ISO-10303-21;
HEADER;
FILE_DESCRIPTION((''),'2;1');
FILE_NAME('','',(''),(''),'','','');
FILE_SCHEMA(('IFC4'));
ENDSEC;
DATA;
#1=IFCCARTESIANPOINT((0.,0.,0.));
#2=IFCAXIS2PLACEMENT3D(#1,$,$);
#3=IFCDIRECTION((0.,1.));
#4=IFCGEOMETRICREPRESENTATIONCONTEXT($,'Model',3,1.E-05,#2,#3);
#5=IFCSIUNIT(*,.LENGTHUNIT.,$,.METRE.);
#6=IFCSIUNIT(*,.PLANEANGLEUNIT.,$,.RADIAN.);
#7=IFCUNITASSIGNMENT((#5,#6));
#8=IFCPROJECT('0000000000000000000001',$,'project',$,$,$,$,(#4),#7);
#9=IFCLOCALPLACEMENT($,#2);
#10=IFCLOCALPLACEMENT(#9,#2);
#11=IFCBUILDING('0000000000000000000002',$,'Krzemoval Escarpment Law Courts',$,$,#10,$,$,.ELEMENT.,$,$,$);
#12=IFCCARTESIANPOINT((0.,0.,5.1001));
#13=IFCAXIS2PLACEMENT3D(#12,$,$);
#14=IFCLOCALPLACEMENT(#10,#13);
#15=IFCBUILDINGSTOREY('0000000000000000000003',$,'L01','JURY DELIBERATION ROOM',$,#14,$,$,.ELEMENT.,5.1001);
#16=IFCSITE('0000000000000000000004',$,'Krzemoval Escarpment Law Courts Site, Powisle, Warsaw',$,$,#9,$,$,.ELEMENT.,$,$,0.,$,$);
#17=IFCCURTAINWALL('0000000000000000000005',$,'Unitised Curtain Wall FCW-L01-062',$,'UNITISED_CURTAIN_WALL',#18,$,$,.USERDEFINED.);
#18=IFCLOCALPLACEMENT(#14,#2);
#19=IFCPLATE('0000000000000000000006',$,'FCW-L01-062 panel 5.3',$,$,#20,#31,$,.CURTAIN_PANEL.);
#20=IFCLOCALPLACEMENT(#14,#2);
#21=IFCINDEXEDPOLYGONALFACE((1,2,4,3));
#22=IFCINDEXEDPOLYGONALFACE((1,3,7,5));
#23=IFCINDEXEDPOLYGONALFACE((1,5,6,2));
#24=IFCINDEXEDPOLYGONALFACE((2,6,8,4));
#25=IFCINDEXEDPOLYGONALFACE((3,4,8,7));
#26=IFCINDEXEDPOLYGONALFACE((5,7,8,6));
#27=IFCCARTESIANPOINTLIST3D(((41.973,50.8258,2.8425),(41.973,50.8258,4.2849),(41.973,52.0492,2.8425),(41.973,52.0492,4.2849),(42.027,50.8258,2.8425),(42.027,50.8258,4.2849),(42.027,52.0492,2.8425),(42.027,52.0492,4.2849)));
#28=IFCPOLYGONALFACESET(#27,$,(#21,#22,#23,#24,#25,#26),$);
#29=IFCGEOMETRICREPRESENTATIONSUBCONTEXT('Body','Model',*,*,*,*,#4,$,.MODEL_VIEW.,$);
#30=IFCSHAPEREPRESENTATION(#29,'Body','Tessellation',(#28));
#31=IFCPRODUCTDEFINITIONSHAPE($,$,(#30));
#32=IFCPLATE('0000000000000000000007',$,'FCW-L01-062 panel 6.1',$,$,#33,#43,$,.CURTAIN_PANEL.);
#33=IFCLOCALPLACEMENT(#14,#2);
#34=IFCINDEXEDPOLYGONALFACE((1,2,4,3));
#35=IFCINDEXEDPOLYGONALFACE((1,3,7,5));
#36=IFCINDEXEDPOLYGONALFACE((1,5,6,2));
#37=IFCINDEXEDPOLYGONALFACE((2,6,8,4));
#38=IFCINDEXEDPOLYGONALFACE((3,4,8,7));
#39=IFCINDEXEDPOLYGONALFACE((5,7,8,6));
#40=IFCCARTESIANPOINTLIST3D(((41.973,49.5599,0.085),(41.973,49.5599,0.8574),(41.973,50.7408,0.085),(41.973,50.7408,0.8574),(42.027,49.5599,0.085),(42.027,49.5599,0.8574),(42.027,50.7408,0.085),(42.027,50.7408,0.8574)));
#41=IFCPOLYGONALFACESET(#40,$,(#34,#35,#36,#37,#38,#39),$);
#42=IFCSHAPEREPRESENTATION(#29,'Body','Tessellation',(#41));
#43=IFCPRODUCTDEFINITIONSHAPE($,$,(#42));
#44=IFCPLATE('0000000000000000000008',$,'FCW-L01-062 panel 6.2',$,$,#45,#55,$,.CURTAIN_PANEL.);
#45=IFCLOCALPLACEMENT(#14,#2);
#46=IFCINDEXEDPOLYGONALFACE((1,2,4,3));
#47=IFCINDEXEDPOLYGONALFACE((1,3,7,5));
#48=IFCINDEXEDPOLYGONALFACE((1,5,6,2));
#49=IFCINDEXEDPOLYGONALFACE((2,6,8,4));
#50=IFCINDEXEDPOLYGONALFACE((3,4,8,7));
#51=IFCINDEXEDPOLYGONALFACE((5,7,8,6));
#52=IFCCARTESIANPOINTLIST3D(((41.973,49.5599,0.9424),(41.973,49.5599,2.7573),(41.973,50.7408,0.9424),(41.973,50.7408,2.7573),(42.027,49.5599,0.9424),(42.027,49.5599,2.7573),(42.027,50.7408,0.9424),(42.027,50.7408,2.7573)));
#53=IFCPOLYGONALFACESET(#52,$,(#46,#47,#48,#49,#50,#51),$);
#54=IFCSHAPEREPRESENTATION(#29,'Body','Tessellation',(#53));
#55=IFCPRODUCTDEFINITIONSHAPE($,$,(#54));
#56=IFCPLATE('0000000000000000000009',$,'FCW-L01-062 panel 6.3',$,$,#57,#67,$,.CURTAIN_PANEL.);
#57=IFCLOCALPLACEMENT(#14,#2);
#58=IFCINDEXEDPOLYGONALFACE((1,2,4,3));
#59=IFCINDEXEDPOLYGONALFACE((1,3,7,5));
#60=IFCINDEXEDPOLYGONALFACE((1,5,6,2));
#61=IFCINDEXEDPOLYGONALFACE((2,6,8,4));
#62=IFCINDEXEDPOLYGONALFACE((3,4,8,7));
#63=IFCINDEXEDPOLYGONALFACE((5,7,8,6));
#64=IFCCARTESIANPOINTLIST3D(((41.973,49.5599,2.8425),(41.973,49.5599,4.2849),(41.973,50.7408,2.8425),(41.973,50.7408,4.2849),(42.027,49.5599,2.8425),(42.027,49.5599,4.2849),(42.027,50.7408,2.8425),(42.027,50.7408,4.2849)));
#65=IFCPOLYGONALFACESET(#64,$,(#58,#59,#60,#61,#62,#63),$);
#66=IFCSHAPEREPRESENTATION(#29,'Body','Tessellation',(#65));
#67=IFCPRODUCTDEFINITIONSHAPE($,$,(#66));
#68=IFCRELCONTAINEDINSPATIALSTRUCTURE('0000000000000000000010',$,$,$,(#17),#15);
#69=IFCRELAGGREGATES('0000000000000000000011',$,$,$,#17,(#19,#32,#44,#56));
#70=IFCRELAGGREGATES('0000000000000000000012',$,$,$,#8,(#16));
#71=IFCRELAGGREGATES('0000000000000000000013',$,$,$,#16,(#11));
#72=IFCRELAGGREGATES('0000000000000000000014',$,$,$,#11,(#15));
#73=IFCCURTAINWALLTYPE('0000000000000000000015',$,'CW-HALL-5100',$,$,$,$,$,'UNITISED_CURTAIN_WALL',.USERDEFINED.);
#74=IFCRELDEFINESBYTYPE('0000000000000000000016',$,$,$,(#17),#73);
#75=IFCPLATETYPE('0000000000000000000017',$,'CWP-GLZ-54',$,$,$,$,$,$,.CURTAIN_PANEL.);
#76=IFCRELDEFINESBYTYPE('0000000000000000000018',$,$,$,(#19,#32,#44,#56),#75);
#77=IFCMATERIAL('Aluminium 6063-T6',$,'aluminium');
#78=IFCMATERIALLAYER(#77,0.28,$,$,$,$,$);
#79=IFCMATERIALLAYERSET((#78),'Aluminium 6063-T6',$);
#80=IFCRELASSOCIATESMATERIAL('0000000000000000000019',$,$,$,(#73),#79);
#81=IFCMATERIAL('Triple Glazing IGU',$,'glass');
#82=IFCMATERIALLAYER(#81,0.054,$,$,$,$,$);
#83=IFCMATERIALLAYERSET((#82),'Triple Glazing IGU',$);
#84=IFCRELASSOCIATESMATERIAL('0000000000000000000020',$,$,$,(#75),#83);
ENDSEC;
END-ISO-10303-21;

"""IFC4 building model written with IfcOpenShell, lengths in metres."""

from ifc_helpers import new_model, si_unit, direction, frame, origin, origin_2d, place, context, subcontext, project, spatial, rectangle, extrude, material, layer, layer_set, type_object, element, aggregate, save


model = new_model("IFC4")

# Units and contexts
model_context = context("Model", 3, precision=1e-05, world=origin(), true_north=direction((0.0, 1.0)))
body_context = subcontext(model_context, "Body", "Model", "MODEL_VIEW")
ifc_project = project(units=[si_unit("LENGTHUNIT", "METRE"), si_unit("PLANEANGLEUNIT", "RADIAN")], contexts=[model_context])

# Site, building, storey
site_placement = place(None, origin())
site = spatial("IfcSite", under=ifc_project, at=site_placement, Name="Krzemoval Escarpment Law Courts Site, Powisle, Warsaw", CompositionType="ELEMENT", RefElevation=0.0)
building_placement = place(site_placement, origin())
building = spatial("IfcBuilding", under=site, at=building_placement, Name="Krzemoval Escarpment Law Courts", CompositionType="ELEMENT")
storey_placement = place(building_placement, frame((0.0, 0.0, 5.1001)))
storey = spatial("IfcBuildingStorey", under=building, at=storey_placement, Name="L01", Description="JURY DELIBERATION ROOM", CompositionType="ELEMENT", Elevation=5.1001)

# Curtain wall
ifc_material_1 = material(Name="Aluminium 6063-T6", Category="aluminium")
ifc_layer_1 = layer(ifc_material_1, 0.28)
ifc_layer_set_1 = layer_set([ifc_layer_1], Name="Aluminium 6063-T6")
curtain_wall_type = type_object("IfcCurtainWallType", Name="CW-HALL-5100", ElementType="UNITISED_CURTAIN_WALL", PredefinedType="USERDEFINED", material=ifc_layer_set_1)
curtain_wall_placement = place(storey_placement, origin())
curtain_wall = element("IfcCurtainWall", 1, at=curtain_wall_placement, inside=storey, type_object=curtain_wall_type, Name="Unitised Curtain Wall FCW-L01-062", ObjectType="UNITISED_CURTAIN_WALL", PredefinedType="USERDEFINED")

# Plates
ifc_material_2 = material(Name="Triple Glazing IGU", Category="glass")
ifc_layer_2 = layer(ifc_material_2, 0.054)
ifc_layer_set_2 = layer_set([ifc_layer_2], Name="Triple Glazing IGU")
plate_type = type_object("IfcPlateType", Name="CWP-GLZ-54", PredefinedType="CURTAIN_PANEL", material=ifc_layer_set_2)
plate_1_placement = place(storey_placement, frame((42.0, 51.4375, 2.8425), z_axis=(0.0, 0.0, 1.0), x_axis=(0.0, -1.0, 0.0)))
plate_1 = element("IfcPlate", 2, at=plate_1_placement, type_object=plate_type, Name="FCW-L01-062 panel 5.3", PredefinedType="CURTAIN_PANEL", context=body_context, shape_type="SweptSolid", body=[
    extrude(rectangle(XDim=1.2234, YDim=0.054, at=origin_2d()), origin(), (0.0, 0.0, 1.0), 1.4424),
])
plate_2_placement = place(storey_placement, frame((42.0, 50.1504, 0.085), z_axis=(0.0, 0.0, 1.0), x_axis=(0.0, -1.0, 0.0)))
plate_2 = element("IfcPlate", 3, at=plate_2_placement, type_object=plate_type, Name="FCW-L01-062 panel 6.1", PredefinedType="CURTAIN_PANEL", context=body_context, shape_type="SweptSolid", body=[
    extrude(rectangle(XDim=1.1809, YDim=0.054, at=origin_2d()), origin(), (0.0, 0.0, 1.0), 0.7725),
])
plate_3_placement = place(storey_placement, frame((42.0, 50.1504, 0.9424), z_axis=(0.0, 0.0, 1.0), x_axis=(0.0, -1.0, 0.0)))
plate_3 = element("IfcPlate", 4, at=plate_3_placement, type_object=plate_type, Name="FCW-L01-062 panel 6.2", PredefinedType="CURTAIN_PANEL", context=body_context, shape_type="SweptSolid", body=[
    extrude(rectangle(XDim=1.1809, YDim=0.054, at=origin_2d()), origin(), (0.0, 0.0, 1.0), 1.8149),
])
plate_4_placement = place(storey_placement, frame((42.0, 50.1504, 2.8425), z_axis=(0.0, 0.0, 1.0), x_axis=(0.0, -1.0, 0.0)))
plate_4 = element("IfcPlate", 5, at=plate_4_placement, type_object=plate_type, Name="FCW-L01-062 panel 6.3", PredefinedType="CURTAIN_PANEL", context=body_context, shape_type="SweptSolid", body=[
    extrude(rectangle(XDim=1.1809, YDim=0.054, at=origin_2d()), origin(), (0.0, 0.0, 1.0), 1.4424),
])
aggregate(curtain_wall, [plate_1, plate_2, plate_3, plate_4])

save(model, "model.ifc")
